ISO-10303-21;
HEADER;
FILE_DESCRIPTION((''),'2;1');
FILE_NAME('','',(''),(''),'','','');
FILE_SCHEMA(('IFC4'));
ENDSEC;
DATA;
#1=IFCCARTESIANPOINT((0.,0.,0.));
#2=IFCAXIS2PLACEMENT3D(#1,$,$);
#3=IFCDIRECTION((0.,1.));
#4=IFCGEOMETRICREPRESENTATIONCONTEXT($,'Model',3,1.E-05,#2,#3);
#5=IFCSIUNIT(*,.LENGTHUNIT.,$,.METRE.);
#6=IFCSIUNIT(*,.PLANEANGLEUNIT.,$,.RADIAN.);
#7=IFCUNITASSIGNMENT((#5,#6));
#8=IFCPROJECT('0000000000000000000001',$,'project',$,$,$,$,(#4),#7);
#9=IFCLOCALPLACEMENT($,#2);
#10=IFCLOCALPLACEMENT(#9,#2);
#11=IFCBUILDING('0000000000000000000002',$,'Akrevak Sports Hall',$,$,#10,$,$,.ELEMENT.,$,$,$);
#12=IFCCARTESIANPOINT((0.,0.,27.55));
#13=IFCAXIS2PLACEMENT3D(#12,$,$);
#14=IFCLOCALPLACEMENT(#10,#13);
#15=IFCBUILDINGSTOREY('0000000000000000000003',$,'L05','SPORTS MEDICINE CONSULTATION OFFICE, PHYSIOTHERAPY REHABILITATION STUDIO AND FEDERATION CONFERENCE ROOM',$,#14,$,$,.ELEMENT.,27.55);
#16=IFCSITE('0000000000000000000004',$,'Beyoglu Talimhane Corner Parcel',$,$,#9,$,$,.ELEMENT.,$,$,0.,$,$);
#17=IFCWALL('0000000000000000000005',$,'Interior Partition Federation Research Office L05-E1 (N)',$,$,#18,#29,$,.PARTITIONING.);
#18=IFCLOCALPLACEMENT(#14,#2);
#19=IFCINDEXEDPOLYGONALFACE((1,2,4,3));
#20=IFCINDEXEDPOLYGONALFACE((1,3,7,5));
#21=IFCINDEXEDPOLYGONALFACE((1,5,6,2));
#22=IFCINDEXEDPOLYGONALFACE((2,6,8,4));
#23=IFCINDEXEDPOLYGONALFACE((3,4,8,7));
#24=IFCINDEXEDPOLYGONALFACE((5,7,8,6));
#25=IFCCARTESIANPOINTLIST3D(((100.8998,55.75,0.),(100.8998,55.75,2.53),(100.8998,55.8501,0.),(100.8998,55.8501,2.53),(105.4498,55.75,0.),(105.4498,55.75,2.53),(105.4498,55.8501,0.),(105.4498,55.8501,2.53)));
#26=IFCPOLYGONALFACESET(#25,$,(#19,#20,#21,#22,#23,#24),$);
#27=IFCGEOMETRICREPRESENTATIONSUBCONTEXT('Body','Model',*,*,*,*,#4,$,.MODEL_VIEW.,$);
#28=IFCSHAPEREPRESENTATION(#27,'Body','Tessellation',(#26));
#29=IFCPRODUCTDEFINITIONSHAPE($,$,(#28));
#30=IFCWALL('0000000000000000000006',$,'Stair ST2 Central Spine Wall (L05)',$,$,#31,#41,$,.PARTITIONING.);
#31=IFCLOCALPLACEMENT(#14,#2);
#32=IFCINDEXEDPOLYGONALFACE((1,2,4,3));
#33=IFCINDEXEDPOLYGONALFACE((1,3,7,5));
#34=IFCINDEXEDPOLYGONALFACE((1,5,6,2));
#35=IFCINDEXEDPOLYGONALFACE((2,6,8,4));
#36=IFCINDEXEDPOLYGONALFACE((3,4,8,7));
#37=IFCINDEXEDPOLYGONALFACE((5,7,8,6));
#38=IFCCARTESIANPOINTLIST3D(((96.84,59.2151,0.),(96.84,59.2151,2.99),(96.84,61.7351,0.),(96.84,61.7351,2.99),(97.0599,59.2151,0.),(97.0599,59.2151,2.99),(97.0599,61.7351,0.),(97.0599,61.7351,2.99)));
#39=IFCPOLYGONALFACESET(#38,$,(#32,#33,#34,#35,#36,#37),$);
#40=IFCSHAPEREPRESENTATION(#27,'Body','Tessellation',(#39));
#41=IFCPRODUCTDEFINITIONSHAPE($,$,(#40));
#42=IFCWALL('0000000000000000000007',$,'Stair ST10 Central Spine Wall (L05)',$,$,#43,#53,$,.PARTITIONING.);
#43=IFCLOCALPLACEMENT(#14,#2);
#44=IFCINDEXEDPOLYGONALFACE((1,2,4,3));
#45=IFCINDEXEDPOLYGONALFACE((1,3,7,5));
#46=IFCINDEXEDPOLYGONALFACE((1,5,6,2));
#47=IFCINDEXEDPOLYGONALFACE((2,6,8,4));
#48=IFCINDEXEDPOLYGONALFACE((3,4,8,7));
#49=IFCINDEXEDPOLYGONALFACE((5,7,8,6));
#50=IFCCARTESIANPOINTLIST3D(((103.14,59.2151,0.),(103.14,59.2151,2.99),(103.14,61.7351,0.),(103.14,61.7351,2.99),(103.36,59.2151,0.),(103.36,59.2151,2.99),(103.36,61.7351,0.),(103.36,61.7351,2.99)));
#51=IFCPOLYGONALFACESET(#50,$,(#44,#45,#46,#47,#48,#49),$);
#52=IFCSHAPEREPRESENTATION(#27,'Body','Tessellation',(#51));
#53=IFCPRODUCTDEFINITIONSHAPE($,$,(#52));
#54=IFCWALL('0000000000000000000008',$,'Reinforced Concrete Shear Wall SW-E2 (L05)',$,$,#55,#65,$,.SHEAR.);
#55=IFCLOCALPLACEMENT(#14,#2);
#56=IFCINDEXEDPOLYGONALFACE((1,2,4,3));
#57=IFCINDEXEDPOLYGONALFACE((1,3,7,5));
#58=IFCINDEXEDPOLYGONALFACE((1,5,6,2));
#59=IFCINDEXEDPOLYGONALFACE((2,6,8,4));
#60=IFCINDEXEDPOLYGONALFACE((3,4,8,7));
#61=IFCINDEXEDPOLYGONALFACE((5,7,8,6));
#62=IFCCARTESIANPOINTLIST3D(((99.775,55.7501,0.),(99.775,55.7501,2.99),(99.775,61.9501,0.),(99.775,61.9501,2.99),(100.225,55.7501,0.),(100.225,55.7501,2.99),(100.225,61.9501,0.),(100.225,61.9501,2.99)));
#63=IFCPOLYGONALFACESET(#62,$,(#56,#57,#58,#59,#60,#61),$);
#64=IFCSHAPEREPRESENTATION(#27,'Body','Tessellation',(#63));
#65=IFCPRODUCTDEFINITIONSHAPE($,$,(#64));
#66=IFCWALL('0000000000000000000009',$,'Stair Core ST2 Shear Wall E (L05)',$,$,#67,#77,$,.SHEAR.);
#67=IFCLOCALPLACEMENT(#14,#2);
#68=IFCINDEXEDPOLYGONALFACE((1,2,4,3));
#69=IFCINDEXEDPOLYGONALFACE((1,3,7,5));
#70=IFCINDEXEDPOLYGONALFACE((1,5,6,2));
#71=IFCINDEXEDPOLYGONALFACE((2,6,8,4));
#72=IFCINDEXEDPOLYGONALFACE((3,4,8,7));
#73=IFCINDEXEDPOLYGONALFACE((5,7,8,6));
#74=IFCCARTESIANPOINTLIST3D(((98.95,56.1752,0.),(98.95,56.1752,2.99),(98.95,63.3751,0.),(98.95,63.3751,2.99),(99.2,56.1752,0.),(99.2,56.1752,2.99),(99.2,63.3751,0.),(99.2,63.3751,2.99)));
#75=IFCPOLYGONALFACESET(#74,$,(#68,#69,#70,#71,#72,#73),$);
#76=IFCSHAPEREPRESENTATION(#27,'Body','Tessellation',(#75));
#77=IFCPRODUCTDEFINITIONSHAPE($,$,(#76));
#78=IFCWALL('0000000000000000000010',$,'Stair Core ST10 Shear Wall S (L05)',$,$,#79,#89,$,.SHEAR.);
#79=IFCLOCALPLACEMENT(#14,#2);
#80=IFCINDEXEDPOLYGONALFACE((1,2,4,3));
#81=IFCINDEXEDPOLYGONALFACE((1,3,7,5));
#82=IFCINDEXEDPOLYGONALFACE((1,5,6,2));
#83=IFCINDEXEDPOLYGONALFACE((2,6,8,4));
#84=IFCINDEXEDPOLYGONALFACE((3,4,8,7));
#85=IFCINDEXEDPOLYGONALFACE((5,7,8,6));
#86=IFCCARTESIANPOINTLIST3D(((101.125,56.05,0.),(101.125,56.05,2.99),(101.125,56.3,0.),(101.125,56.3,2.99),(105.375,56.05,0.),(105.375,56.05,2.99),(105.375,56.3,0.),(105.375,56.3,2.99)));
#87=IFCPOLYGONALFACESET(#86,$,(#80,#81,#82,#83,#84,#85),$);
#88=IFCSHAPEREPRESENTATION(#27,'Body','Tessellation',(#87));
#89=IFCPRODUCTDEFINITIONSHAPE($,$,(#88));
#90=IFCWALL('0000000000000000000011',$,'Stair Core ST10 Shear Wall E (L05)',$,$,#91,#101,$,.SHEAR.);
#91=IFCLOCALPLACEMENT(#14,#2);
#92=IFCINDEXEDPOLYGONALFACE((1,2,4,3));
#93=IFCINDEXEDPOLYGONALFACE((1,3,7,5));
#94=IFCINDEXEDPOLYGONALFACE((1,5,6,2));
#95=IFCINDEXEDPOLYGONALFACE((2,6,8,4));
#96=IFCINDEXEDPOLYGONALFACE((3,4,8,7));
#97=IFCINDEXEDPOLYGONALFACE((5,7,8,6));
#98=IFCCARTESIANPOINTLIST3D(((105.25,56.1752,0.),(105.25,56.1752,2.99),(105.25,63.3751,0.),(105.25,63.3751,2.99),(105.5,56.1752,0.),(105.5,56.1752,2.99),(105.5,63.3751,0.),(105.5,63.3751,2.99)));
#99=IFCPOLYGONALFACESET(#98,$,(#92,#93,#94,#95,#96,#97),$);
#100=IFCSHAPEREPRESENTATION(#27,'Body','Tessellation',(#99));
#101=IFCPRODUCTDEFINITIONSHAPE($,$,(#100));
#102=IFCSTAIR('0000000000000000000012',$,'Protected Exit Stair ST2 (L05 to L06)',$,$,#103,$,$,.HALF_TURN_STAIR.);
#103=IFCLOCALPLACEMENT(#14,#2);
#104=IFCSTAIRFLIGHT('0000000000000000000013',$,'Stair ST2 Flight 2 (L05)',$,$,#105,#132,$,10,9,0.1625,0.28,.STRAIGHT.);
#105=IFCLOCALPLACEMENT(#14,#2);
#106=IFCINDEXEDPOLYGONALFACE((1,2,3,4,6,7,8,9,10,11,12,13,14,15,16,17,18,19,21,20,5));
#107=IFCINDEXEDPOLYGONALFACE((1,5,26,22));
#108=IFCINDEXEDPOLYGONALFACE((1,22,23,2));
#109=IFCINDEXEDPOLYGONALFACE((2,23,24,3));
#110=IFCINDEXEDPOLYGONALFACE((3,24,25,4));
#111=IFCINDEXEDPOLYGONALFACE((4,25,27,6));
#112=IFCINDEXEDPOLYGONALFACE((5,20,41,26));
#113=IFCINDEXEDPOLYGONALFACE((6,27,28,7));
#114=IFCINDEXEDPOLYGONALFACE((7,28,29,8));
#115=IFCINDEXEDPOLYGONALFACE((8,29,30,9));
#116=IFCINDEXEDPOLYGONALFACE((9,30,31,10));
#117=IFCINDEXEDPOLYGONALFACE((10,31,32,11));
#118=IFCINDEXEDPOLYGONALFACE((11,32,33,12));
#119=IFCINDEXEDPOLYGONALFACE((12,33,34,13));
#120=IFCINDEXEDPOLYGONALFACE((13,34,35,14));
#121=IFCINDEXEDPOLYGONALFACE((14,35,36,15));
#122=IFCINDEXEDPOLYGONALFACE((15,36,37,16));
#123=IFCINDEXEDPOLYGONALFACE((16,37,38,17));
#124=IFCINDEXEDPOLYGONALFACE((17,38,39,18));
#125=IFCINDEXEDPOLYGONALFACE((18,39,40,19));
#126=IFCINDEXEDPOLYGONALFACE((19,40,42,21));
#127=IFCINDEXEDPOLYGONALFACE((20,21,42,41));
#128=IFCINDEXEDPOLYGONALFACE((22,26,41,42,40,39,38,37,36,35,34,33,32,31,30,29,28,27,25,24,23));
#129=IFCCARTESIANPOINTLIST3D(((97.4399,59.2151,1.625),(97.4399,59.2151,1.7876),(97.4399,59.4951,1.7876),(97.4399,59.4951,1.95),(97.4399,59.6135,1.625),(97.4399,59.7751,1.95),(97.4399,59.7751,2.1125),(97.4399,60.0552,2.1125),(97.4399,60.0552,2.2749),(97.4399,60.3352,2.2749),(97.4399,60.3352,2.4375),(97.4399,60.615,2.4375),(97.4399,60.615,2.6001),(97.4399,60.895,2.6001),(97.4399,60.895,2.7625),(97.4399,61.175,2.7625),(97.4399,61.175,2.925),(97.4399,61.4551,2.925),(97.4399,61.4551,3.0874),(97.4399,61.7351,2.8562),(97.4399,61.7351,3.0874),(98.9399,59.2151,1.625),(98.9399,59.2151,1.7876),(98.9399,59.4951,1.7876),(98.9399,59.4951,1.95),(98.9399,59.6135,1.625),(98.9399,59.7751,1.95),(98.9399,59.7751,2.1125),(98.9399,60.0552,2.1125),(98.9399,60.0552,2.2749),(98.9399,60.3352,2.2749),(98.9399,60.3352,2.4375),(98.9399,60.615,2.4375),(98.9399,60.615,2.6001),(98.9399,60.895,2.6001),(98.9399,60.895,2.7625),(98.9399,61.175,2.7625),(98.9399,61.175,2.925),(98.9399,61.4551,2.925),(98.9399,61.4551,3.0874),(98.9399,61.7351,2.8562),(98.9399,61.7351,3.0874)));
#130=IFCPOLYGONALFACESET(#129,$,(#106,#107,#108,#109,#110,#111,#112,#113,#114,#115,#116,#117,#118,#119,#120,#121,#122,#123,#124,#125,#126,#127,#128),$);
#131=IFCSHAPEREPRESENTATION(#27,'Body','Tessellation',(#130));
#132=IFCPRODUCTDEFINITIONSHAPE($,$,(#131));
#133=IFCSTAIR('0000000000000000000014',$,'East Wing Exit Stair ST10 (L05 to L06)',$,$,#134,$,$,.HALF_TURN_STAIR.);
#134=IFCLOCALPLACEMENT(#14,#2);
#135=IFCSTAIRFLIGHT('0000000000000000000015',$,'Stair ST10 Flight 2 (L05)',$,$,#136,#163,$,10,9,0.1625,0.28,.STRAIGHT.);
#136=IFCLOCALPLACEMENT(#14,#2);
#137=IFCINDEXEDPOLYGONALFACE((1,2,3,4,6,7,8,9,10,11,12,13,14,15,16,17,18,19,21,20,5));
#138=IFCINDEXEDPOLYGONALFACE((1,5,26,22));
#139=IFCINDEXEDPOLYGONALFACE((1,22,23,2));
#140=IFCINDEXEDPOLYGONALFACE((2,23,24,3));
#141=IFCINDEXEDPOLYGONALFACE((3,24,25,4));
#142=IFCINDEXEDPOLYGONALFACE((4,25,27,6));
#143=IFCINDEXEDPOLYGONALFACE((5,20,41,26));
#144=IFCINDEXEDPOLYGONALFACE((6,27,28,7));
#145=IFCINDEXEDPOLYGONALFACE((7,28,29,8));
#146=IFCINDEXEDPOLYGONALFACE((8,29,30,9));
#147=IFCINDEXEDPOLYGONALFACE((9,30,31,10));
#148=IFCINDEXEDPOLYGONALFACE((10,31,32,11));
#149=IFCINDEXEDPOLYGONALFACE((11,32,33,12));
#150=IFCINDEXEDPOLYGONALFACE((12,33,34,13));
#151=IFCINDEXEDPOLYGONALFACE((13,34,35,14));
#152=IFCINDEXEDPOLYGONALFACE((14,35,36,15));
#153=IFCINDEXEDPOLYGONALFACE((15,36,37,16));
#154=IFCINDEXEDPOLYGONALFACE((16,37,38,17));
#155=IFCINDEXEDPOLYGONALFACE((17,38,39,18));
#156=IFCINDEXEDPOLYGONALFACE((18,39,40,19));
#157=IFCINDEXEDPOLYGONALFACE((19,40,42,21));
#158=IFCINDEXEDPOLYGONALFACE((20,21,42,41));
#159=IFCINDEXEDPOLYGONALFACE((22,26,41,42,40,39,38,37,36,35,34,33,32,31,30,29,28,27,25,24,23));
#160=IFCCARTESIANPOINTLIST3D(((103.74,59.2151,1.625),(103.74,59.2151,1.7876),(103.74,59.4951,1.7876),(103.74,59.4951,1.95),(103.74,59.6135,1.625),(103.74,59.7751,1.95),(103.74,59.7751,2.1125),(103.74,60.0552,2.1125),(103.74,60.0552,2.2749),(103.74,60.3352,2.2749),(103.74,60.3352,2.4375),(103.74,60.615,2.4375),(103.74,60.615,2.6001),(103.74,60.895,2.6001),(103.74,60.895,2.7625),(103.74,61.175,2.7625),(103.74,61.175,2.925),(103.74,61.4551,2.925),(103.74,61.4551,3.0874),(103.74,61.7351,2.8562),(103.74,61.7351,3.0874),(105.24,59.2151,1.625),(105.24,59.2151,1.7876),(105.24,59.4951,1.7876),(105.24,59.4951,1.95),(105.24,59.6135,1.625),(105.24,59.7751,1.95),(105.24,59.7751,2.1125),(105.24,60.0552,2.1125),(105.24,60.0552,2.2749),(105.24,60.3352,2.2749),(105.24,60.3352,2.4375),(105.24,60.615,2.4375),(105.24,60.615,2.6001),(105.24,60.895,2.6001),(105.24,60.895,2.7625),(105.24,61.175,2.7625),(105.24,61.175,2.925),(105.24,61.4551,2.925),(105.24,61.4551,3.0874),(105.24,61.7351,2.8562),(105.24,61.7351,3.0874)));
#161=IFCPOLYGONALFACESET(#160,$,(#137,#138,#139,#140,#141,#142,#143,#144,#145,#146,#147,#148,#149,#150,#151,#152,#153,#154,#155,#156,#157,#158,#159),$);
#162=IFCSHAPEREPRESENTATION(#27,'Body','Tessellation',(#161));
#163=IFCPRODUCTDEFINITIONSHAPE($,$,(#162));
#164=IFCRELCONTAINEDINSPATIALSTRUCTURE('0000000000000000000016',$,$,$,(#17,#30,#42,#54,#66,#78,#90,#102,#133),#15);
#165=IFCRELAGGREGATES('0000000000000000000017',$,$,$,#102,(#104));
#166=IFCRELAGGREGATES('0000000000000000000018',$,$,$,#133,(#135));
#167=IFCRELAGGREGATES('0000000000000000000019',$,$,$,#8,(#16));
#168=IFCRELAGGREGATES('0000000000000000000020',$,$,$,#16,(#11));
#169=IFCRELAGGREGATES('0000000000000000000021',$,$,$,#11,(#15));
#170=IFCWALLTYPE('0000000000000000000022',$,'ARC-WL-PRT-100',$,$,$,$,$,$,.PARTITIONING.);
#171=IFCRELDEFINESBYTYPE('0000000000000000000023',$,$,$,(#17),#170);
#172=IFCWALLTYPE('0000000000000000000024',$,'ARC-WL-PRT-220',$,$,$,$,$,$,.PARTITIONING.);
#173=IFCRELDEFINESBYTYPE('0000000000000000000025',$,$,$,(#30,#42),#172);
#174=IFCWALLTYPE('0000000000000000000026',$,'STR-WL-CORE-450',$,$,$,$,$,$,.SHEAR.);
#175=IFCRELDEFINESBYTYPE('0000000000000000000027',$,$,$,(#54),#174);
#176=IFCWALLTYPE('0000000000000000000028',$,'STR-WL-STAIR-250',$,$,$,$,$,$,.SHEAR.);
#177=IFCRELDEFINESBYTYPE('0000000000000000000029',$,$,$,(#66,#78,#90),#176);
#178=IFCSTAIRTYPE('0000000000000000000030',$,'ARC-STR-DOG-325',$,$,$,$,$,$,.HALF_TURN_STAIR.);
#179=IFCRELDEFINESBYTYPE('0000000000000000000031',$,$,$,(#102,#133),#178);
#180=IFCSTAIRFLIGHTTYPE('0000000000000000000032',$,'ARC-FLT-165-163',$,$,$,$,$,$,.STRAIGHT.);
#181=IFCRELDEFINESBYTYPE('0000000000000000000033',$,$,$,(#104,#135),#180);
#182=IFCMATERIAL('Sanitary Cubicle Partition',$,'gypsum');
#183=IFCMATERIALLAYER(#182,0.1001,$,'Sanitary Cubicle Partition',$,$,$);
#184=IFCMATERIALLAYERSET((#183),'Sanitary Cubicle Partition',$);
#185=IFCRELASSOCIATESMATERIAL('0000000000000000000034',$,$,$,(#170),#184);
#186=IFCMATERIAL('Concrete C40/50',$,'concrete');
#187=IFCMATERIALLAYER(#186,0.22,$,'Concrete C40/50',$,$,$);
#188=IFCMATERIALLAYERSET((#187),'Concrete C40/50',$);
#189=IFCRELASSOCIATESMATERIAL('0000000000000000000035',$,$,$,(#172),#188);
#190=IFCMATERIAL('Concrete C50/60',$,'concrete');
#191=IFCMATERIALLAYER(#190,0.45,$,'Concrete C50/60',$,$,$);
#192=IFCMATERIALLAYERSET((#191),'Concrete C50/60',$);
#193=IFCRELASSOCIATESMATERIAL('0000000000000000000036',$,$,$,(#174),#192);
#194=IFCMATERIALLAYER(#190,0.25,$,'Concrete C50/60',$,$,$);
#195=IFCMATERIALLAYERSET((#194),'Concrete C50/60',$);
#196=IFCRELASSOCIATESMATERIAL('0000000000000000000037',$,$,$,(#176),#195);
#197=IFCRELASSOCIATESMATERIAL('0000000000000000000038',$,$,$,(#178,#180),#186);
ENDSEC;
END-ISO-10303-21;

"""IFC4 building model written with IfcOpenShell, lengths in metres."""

from ifc_helpers import new_model, si_unit, direction, frame, frame_2d, origin, place, context, subcontext, project, spatial, polyline, rectangle, outline, extrude, material, layer, layer_set, type_object, element, aggregate, save


model = new_model("IFC4")

# Units and contexts
model_context = context("Model", 3, precision=1e-05, world=origin(), true_north=direction((0.0, 1.0)))
body_context = subcontext(model_context, "Body", "Model", "MODEL_VIEW")
ifc_project = project(units=[si_unit("LENGTHUNIT", "METRE"), si_unit("PLANEANGLEUNIT", "RADIAN")], contexts=[model_context])

# Site, building, storey
site_placement = place(None, origin())
site = spatial("IfcSite", under=ifc_project, at=site_placement, Name="Beyoglu Talimhane Corner Parcel", CompositionType="ELEMENT", RefElevation=0.0)
building_placement = place(site_placement, origin())
building = spatial("IfcBuilding", under=site, at=building_placement, Name="Akrevak Sports Hall", CompositionType="ELEMENT")
storey_placement = place(building_placement, frame((0.0, 0.0, 27.55)))
storey = spatial("IfcBuildingStorey", under=building, at=storey_placement, Name="L05", Description="SPORTS MEDICINE CONSULTATION OFFICE, PHYSIOTHERAPY REHABILITATION STUDIO AND FEDERATION CONFERENCE ROOM", CompositionType="ELEMENT", Elevation=27.55)

# Walls
ifc_material_1 = material(Name="Sanitary Cubicle Partition", Category="gypsum")
ifc_layer_1 = layer(ifc_material_1, 0.1001, Name="Sanitary Cubicle Partition")
ifc_layer_set_1 = layer_set([ifc_layer_1], Name="Sanitary Cubicle Partition")
wall_type_1 = type_object("IfcWallType", Name="ARC-WL-PRT-100", PredefinedType="PARTITIONING", material=ifc_layer_set_1)
wall_1_placement = place(storey_placement, frame((100.8999, 55.8, 0.0), z_axis=(0.0, 0.0, 1.0), x_axis=(1.0, 0.0, 0.0)))
element("IfcWall", 1, at=wall_1_placement, inside=storey, type_object=wall_type_1, Name="Interior Partition Federation Research Office L05-E1 (N)", PredefinedType="PARTITIONING", context=body_context, shape_type="SweptSolid", body=[
    extrude(rectangle(XDim=4.55, YDim=0.1001, at=frame_2d((2.2749, 0.0))), origin(), (0.0, 0.0, 1.0), 2.53),
])
ifc_material_2 = material(Name="Concrete C40/50", Category="concrete")
ifc_layer_2 = layer(ifc_material_2, 0.22, Name="Concrete C40/50")
ifc_layer_set_2 = layer_set([ifc_layer_2], Name="Concrete C40/50")
wall_type_2 = type_object("IfcWallType", Name="ARC-WL-PRT-220", PredefinedType="PARTITIONING", material=ifc_layer_set_2)
for number, where, z_axis, x_axis, name in (
    (2, (96.95, 59.2151, 0.0), (0.0, 0.0, 1.0), (0.0, 1.0, 0.0), "Stair ST2 Central Spine Wall (L05)"),
    (3, (103.25, 59.2151, 0.0), (0.0, 0.0, 1.0), (0.0, 1.0, 0.0), "Stair ST10 Central Spine Wall (L05)"),
):
    element("IfcWall", number, at=place(storey_placement, frame(where, z_axis=z_axis, x_axis=x_axis)), inside=storey, type_object=wall_type_2, Name=name, PredefinedType="PARTITIONING", context=body_context, shape_type="SweptSolid", body=[
        extrude(rectangle(XDim=2.52, YDim=0.22, at=frame_2d((1.26, 0.0))), origin(), (0.0, 0.0, 1.0), 2.99),
    ])
ifc_material_3 = material(Name="Concrete C50/60", Category="concrete")
ifc_layer_3 = layer(ifc_material_3, 0.45, Name="Concrete C50/60")
ifc_layer_set_3 = layer_set([ifc_layer_3], Name="Concrete C50/60")
wall_type_3 = type_object("IfcWallType", Name="STR-WL-CORE-450", PredefinedType="SHEAR", material=ifc_layer_set_3)
wall_2_placement = place(storey_placement, frame((100.0, 55.75, 0.0), z_axis=(0.0, 0.0, 1.0), x_axis=(0.0, 1.0, 0.0)))
element("IfcWall", 4, at=wall_2_placement, inside=storey, type_object=wall_type_3, Name="Reinforced Concrete Shear Wall SW-E2 (L05)", PredefinedType="SHEAR", context=body_context, shape_type="SweptSolid", body=[
    extrude(rectangle(XDim=6.2, YDim=0.45, at=frame_2d((3.1001, 0.0))), origin(), (0.0, 0.0, 1.0), 2.99),
])
ifc_layer_4 = layer(ifc_material_3, 0.25, Name="Concrete C50/60")
ifc_layer_set_4 = layer_set([ifc_layer_4], Name="Concrete C50/60")
wall_type_4 = type_object("IfcWallType", Name="STR-WL-STAIR-250", PredefinedType="SHEAR", material=ifc_layer_set_4)
wall_3_placement = place(storey_placement, frame((99.075, 56.175, 0.0), z_axis=(0.0, 0.0, 1.0), x_axis=(0.0, 1.0, 0.0)))
element("IfcWall", 5, at=wall_3_placement, inside=storey, type_object=wall_type_4, Name="Stair Core ST2 Shear Wall E (L05)", PredefinedType="SHEAR", context=body_context, shape_type="SweptSolid", body=[
    extrude(rectangle(XDim=7.2, YDim=0.25, at=frame_2d((3.6001, 0.0))), origin(), (0.0, 0.0, 1.0), 2.99),
])
wall_4_placement = place(storey_placement, frame((101.125, 56.175, 0.0), z_axis=(0.0, 0.0, 1.0), x_axis=(1.0, 0.0, 0.0)))
element("IfcWall", 6, at=wall_4_placement, inside=storey, type_object=wall_type_4, Name="Stair Core ST10 Shear Wall S (L05)", PredefinedType="SHEAR", context=body_context, shape_type="SweptSolid", body=[
    extrude(rectangle(XDim=4.25, YDim=0.25, at=frame_2d((2.125, 0.0))), origin(), (0.0, 0.0, 1.0), 2.99),
])
wall_5_placement = place(storey_placement, frame((105.375, 56.175, 0.0), z_axis=(0.0, 0.0, 1.0), x_axis=(0.0, 1.0, 0.0)))
element("IfcWall", 7, at=wall_5_placement, inside=storey, type_object=wall_type_4, Name="Stair Core ST10 Shear Wall E (L05)", PredefinedType="SHEAR", context=body_context, shape_type="SweptSolid", body=[
    extrude(rectangle(XDim=7.2, YDim=0.25, at=frame_2d((3.6001, 0.0))), origin(), (0.0, 0.0, 1.0), 2.99),
])

# Stairs, stair flights
stair_type = type_object("IfcStairType", Name="ARC-STR-DOG-325", PredefinedType="HALF_TURN_STAIR", material=ifc_material_2)
stair_1_placement = place(storey_placement, origin())
stair_1 = element("IfcStair", 8, at=stair_1_placement, inside=storey, type_object=stair_type, Name="Protected Exit Stair ST2 (L05 to L06)", PredefinedType="HALF_TURN_STAIR")
stair_flight_type = type_object("IfcStairFlightType", Name="ARC-FLT-165-163", PredefinedType="STRAIGHT", material=ifc_material_2)
stair_flight_1_placement = place(storey_placement, frame((98.1899, 59.2151, 1.625), z_axis=(0.0, 0.0, 1.0), x_axis=(0.0, 1.0, 0.0)))
stair_flight_1 = element("IfcStairFlight", 9, at=stair_flight_1_placement, type_object=stair_flight_type, Name="Stair ST2 Flight 2 (L05)", NumberOfRisers=10, NumberOfTreads=9, PredefinedType="STRAIGHT", RiserHeight=0.1625, TreadLength=0.28, context=body_context, shape_type="SweptSolid", body=[
    extrude(outline(polyline([(0.0, 0.0), (0.0, 0.1626), (0.28, 0.1626), (0.28, 0.325), (0.5601, 0.325), (0.5601, 0.4875), (0.8401, 0.4875), (0.8401, 0.6499), (1.1201, 0.6499), (1.1201, 0.8125), (1.3999, 0.8125), (1.3999, 0.9751), (1.6799, 0.9751), (1.6799, 1.1375), (1.96, 1.1375), (1.96, 1.3), (2.24, 1.3), (2.24, 1.4624), (2.52, 1.4624), (2.52, 1.625), (2.52, 1.2312), (0.3984, 0.0), (0.0, 0.0)])), frame((0.0, 0.75, 0.0), z_axis=(0.0, -1.0, 0.0), x_axis=(1.0, 0.0, 0.0)), (0.0, 0.0, 1.0), 1.5),
])
aggregate(stair_1, [stair_flight_1])
stair_2_placement = place(storey_placement, origin())
stair_2 = element("IfcStair", 10, at=stair_2_placement, inside=storey, type_object=stair_type, Name="East Wing Exit Stair ST10 (L05 to L06)", PredefinedType="HALF_TURN_STAIR")
stair_flight_2_placement = place(storey_placement, frame((104.49, 59.2151, 1.625), z_axis=(0.0, 0.0, 1.0), x_axis=(0.0, 1.0, 0.0)))
stair_flight_2 = element("IfcStairFlight", 11, at=stair_flight_2_placement, type_object=stair_flight_type, Name="Stair ST10 Flight 2 (L05)", NumberOfRisers=10, NumberOfTreads=9, PredefinedType="STRAIGHT", RiserHeight=0.1625, TreadLength=0.28, context=body_context, shape_type="SweptSolid", body=[
    extrude(outline(polyline([(0.0, 0.0), (0.0, 0.1626), (0.28, 0.1626), (0.28, 0.325), (0.5601, 0.325), (0.5601, 0.4875), (0.8401, 0.4875), (0.8401, 0.6499), (1.1201, 0.6499), (1.1201, 0.8125), (1.3999, 0.8125), (1.3999, 0.9751), (1.6799, 0.9751), (1.6799, 1.1375), (1.96, 1.1375), (1.96, 1.3), (2.24, 1.3), (2.24, 1.4624), (2.52, 1.4624), (2.52, 1.625), (2.52, 1.2312), (0.3984, 0.0), (0.0, 0.0)])), frame((0.0, 0.75, 0.0), z_axis=(0.0, -1.0, 0.0), x_axis=(1.0, 0.0, 0.0)), (0.0, 0.0, 1.0), 1.5),
])
aggregate(stair_2, [stair_flight_2])

save(model, "model.ifc")
